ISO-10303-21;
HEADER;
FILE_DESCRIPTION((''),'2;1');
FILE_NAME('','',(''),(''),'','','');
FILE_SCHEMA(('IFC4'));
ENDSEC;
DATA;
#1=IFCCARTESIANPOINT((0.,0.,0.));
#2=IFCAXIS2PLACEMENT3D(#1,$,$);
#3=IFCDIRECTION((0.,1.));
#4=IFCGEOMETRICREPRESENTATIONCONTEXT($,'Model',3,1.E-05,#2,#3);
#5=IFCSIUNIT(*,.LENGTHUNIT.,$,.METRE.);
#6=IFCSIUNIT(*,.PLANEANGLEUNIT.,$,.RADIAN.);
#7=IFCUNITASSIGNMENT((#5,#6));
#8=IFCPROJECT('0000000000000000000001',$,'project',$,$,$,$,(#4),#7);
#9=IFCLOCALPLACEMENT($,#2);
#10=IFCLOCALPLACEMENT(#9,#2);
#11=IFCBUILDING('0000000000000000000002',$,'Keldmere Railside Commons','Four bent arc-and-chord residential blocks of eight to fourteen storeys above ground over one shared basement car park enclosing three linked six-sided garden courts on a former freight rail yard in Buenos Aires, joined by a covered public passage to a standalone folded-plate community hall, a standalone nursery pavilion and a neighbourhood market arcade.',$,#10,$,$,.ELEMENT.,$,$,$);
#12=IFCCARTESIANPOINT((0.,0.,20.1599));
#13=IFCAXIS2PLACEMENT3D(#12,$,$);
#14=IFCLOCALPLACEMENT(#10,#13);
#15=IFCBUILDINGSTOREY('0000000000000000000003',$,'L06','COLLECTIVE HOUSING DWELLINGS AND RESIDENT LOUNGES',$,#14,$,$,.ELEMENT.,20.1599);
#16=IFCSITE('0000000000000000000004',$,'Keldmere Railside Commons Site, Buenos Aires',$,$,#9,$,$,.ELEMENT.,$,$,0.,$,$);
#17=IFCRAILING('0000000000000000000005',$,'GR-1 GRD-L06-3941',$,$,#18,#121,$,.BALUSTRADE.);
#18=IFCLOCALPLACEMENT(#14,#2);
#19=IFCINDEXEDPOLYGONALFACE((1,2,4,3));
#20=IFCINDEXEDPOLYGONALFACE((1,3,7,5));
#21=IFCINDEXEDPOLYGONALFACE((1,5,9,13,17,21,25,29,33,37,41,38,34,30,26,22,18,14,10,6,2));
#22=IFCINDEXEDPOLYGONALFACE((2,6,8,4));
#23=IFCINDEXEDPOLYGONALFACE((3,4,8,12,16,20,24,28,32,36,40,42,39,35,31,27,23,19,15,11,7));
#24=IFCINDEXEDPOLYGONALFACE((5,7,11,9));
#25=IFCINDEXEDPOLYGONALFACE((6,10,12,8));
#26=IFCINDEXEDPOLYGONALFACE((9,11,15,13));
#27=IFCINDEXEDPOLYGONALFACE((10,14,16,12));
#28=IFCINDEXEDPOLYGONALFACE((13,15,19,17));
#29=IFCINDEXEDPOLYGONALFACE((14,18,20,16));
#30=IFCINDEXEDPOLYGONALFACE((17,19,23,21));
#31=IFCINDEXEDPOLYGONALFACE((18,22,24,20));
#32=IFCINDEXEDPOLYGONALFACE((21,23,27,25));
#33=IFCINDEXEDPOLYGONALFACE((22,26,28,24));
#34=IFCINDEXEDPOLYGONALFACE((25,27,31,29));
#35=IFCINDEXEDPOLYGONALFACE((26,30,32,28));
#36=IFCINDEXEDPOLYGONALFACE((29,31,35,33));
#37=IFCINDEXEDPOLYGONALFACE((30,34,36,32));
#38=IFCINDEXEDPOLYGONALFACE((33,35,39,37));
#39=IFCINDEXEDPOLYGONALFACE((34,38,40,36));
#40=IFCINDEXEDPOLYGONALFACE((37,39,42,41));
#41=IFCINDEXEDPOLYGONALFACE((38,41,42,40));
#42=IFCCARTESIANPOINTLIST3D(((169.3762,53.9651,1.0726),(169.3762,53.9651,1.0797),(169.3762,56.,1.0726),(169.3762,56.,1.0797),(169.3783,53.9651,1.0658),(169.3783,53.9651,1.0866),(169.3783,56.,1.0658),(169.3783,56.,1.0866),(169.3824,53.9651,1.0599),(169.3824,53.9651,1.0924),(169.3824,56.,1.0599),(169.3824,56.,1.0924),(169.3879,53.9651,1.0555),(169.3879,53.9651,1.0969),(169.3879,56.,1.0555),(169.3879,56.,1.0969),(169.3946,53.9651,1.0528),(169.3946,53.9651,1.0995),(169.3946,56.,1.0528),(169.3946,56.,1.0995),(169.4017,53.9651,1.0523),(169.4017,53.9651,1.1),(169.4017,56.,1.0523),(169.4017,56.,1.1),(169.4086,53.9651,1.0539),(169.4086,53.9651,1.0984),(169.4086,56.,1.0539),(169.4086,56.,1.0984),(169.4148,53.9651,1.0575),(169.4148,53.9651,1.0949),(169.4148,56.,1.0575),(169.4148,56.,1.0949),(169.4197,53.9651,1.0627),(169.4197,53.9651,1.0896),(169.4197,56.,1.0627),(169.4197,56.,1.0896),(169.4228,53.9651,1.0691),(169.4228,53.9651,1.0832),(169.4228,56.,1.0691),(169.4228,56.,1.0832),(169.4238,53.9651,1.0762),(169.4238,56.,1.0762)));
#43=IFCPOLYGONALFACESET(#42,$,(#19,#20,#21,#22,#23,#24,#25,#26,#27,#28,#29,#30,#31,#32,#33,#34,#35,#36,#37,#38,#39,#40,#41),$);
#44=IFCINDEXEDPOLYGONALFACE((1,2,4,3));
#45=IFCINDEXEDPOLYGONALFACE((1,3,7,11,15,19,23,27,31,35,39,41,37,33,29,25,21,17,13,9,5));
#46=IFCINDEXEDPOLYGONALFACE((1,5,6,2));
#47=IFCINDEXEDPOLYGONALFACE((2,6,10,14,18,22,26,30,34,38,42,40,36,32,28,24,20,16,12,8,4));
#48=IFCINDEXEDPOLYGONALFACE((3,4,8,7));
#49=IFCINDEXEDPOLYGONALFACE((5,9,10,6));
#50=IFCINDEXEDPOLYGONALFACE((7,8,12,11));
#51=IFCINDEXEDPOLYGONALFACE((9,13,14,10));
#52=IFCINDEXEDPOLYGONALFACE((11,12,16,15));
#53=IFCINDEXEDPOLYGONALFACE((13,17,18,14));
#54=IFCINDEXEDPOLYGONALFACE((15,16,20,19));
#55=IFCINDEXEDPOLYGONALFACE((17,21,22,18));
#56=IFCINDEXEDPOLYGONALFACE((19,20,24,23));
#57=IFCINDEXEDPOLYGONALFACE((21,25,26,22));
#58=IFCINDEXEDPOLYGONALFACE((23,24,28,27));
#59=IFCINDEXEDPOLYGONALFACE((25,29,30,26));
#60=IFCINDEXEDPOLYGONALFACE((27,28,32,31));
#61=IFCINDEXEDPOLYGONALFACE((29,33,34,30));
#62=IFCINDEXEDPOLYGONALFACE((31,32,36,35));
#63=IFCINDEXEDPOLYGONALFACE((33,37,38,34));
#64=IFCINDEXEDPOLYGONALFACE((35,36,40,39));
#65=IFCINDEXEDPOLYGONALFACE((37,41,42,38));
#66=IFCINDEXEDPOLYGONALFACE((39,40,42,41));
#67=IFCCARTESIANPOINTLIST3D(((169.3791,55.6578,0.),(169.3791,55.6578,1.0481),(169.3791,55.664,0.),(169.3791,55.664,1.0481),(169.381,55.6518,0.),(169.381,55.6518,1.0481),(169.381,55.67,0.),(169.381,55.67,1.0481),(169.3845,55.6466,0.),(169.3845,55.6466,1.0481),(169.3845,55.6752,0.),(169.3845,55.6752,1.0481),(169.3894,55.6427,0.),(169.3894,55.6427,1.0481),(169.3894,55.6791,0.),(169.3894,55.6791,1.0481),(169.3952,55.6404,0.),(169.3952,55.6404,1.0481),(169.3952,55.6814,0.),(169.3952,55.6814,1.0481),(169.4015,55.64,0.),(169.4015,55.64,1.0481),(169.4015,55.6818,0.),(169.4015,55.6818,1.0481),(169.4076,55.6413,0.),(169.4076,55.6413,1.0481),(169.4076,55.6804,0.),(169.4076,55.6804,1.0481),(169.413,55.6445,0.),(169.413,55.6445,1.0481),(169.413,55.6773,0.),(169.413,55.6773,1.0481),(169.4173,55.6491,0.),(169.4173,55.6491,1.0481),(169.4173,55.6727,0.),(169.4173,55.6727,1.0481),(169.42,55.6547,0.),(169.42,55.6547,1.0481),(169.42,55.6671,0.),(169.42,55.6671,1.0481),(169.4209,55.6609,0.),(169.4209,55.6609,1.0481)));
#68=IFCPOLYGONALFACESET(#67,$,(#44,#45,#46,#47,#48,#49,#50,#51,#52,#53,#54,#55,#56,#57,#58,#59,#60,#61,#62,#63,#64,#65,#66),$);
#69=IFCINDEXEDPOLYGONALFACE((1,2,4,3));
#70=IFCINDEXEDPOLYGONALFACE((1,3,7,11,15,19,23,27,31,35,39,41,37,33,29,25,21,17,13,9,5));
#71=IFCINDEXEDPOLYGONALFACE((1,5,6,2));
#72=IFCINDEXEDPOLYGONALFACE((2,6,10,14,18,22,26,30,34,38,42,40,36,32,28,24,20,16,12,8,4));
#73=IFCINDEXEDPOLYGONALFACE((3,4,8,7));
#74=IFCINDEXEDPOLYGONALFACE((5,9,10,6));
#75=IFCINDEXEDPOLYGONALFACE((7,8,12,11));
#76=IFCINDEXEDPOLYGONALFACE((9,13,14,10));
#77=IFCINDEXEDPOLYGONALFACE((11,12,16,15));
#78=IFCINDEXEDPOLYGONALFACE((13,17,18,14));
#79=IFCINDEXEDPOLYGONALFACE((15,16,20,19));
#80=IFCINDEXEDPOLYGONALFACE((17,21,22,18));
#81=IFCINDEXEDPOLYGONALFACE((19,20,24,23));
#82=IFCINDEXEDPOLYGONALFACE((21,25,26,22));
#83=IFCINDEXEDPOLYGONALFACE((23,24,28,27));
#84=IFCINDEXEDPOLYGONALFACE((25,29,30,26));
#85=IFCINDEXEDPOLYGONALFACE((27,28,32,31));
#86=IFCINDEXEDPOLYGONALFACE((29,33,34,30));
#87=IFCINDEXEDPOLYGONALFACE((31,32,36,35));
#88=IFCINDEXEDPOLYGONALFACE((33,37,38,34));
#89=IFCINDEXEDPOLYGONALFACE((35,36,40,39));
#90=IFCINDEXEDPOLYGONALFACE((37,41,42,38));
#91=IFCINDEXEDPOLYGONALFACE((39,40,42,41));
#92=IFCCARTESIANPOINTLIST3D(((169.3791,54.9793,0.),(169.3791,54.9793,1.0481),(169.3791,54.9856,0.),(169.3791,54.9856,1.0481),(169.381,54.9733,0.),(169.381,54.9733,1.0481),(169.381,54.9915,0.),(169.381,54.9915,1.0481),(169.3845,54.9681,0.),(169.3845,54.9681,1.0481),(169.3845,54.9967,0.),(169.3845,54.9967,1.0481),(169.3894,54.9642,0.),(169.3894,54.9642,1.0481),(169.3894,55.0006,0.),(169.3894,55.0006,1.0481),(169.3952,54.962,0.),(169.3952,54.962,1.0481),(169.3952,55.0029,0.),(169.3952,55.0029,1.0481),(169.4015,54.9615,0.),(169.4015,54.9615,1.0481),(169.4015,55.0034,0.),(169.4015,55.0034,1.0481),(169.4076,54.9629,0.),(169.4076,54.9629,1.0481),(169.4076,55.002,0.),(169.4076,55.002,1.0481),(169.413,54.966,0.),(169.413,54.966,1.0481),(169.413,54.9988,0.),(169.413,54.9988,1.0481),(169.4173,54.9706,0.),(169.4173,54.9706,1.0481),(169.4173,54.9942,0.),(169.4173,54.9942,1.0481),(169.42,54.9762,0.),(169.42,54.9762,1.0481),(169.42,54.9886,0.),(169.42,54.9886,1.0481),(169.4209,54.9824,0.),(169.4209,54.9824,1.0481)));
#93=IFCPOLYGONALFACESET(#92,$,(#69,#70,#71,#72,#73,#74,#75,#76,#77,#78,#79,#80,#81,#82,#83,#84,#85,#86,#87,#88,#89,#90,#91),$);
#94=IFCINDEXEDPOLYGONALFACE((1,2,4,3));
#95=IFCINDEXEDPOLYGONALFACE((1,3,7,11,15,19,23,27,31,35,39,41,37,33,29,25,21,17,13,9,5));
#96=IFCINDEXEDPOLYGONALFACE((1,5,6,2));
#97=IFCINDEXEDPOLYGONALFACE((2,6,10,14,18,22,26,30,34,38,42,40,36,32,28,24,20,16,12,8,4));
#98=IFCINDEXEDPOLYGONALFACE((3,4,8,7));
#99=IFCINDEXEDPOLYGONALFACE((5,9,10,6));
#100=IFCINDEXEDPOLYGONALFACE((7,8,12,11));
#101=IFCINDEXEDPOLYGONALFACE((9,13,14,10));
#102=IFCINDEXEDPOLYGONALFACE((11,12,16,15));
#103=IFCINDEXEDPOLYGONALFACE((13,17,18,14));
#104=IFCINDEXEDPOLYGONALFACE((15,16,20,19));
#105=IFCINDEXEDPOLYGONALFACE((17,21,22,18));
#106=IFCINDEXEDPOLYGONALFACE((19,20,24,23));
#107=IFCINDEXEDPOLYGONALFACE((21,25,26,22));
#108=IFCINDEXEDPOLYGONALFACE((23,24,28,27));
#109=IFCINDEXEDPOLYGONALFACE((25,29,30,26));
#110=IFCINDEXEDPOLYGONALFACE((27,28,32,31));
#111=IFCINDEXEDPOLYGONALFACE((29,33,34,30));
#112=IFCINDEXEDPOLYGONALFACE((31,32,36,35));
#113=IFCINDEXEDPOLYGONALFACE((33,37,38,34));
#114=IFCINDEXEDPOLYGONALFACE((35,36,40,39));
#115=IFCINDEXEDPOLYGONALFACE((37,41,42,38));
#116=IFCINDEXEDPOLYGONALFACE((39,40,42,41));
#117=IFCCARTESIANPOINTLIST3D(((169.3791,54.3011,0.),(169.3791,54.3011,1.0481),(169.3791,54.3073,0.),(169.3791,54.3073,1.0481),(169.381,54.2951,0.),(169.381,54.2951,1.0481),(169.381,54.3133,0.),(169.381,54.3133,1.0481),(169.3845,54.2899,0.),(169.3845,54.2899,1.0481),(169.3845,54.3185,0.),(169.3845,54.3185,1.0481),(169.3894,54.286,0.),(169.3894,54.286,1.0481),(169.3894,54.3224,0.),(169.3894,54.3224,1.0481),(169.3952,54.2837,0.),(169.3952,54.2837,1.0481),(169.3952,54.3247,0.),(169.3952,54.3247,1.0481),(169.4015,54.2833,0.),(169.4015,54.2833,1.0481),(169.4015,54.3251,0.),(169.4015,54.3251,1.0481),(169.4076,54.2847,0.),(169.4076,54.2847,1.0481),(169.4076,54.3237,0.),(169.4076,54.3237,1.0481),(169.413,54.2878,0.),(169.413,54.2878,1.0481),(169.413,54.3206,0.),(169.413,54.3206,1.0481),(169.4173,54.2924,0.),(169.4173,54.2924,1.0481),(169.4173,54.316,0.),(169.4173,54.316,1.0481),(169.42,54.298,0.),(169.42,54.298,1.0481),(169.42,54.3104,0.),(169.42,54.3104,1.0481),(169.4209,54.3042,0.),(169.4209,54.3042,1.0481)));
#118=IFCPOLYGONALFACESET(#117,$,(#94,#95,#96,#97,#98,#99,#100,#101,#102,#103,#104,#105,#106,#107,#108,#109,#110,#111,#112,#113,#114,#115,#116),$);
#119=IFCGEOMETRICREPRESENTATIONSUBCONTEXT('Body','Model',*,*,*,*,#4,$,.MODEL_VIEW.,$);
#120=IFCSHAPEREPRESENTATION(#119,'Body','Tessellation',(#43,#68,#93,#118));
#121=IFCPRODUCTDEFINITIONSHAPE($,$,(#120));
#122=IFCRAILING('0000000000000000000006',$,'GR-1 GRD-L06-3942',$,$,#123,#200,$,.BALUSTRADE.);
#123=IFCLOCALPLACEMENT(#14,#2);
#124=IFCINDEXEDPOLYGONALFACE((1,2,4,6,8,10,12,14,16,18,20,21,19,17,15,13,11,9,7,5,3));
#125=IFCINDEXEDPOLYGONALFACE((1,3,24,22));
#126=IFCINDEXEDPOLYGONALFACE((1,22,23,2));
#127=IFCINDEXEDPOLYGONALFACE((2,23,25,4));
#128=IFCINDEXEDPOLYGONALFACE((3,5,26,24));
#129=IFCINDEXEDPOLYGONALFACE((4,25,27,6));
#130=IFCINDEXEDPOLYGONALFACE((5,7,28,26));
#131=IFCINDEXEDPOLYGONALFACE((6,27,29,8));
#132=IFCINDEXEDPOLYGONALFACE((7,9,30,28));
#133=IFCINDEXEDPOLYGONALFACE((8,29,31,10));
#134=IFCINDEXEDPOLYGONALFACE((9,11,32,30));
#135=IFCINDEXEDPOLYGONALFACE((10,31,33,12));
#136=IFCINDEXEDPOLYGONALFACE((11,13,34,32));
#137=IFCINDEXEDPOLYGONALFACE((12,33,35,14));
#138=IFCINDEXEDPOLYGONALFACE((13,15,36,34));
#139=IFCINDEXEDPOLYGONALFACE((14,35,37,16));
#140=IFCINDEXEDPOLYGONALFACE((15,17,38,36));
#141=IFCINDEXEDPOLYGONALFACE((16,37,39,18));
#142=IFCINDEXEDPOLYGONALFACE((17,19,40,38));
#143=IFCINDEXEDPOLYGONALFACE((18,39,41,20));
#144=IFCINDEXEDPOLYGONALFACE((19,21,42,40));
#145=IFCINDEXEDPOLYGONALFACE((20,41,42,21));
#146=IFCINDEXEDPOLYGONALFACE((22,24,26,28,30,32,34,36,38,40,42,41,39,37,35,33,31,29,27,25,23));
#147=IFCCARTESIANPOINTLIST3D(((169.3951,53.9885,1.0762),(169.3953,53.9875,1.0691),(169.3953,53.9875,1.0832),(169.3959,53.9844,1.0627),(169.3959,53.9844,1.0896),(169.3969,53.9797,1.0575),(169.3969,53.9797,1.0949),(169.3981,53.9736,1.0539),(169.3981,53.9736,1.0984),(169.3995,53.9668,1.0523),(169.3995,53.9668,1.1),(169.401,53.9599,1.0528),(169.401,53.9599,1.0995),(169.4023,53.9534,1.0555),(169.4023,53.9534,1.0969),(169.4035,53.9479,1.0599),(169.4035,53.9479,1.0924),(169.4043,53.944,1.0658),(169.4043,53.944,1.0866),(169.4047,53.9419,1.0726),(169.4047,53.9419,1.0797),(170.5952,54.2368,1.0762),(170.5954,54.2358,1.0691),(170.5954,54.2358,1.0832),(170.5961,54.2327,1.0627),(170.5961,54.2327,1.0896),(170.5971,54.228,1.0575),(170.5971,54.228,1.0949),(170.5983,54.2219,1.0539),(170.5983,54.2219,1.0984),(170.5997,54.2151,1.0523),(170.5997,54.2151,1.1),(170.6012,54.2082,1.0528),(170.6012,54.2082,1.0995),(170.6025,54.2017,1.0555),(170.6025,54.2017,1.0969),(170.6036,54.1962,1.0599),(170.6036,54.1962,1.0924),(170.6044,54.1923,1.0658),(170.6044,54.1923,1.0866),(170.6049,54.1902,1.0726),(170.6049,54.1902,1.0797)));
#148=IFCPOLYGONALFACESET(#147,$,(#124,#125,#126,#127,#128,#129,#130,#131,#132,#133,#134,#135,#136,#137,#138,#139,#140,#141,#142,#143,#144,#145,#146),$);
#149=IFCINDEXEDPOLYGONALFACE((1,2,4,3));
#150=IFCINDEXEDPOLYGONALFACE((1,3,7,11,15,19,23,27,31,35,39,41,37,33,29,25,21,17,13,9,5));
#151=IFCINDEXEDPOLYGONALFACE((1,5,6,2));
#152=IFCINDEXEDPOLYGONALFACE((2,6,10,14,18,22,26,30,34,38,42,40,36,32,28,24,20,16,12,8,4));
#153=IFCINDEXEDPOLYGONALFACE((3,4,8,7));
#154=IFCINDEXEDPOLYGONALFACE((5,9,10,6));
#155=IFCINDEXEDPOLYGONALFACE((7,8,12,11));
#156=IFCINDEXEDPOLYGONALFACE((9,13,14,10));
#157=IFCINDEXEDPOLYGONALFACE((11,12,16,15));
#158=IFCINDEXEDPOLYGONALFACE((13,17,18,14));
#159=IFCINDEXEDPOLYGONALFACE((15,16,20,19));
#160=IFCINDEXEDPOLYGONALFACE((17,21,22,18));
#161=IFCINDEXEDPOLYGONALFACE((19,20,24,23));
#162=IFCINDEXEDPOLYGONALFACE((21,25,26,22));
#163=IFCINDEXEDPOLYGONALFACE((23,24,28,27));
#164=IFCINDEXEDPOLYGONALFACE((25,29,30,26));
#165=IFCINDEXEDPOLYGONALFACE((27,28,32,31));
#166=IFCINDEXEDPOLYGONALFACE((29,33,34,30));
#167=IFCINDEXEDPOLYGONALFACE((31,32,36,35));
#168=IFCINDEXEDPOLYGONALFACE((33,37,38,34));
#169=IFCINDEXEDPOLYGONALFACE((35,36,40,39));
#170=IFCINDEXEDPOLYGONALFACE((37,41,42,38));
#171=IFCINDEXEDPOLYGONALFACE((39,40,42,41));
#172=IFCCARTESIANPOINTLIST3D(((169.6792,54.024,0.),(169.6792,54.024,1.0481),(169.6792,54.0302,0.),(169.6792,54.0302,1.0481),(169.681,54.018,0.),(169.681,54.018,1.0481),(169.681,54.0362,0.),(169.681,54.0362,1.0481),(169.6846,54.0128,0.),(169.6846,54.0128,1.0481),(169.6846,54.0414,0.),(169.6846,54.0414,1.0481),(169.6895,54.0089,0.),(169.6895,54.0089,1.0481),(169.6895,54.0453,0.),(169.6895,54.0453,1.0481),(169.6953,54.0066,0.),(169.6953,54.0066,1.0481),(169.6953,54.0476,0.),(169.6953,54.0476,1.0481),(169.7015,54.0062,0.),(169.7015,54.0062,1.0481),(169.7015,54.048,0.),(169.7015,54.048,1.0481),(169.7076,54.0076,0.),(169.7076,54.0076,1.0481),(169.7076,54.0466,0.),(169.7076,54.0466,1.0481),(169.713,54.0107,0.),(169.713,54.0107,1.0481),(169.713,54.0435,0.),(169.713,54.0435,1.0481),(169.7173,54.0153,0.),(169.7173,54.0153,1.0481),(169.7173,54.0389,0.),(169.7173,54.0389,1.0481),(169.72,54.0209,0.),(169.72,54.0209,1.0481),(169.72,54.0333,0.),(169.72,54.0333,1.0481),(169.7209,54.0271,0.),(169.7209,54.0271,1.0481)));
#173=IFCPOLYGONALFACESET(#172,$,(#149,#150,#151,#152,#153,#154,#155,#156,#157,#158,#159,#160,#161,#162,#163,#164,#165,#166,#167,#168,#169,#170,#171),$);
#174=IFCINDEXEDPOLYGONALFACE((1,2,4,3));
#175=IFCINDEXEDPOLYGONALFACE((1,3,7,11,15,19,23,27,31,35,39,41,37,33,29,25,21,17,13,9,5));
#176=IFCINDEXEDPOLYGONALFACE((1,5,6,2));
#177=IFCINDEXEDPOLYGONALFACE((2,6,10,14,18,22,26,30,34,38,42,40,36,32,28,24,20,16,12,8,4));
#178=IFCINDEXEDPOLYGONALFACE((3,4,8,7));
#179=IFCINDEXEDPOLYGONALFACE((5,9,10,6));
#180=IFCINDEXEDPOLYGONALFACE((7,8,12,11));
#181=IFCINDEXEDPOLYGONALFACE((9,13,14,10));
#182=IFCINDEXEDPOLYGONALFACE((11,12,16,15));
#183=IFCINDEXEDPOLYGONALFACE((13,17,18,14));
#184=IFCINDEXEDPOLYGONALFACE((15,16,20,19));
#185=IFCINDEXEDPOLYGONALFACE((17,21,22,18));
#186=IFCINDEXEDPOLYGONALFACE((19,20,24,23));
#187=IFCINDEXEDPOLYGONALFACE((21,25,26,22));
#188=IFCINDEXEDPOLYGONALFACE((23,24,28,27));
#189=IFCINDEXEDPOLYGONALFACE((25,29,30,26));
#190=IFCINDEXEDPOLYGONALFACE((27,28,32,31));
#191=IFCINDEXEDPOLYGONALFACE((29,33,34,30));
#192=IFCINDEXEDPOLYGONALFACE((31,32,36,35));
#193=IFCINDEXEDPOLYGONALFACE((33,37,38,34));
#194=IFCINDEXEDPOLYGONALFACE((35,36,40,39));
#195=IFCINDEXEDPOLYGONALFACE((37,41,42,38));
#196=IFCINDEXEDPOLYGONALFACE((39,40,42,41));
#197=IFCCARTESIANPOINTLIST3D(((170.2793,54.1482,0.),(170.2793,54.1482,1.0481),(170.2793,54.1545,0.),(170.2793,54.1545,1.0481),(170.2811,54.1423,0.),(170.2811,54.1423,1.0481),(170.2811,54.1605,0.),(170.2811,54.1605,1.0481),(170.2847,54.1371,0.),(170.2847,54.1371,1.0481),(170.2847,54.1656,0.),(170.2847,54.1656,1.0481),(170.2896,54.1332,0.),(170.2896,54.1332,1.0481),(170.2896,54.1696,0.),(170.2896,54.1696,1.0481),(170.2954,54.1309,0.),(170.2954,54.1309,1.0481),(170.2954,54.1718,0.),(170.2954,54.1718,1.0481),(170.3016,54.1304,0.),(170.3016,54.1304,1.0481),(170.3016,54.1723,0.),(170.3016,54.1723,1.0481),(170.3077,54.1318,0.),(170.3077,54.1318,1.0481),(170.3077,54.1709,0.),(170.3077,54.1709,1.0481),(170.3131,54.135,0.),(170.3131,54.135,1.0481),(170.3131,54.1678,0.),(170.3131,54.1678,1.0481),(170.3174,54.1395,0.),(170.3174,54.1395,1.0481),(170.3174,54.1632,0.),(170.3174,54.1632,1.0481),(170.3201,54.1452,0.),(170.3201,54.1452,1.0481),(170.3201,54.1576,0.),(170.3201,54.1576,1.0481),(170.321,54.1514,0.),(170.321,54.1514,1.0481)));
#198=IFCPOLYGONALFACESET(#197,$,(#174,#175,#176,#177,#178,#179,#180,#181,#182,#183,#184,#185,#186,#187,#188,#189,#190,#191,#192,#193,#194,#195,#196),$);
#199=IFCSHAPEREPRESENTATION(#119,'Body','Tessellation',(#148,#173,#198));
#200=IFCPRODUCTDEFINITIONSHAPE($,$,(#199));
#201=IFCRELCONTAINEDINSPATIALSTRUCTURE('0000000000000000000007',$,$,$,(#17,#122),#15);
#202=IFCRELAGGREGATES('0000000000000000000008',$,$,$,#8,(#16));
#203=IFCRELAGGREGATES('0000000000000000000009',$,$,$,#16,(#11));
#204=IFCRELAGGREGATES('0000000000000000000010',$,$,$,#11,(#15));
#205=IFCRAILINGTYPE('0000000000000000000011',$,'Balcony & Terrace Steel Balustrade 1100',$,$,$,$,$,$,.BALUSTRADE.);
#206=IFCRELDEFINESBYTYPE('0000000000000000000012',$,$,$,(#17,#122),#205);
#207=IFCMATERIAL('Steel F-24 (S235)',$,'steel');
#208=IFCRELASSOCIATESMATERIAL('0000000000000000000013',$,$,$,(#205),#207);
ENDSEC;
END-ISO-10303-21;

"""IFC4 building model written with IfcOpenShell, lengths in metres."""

from ifc_helpers import new_model, si_unit, direction, frame, origin, origin_2d, place, context, subcontext, project, spatial, circle, extrude, material, type_object, element, save


model = new_model("IFC4")

# Units and contexts
model_context = context("Model", 3, precision=1e-05, world=origin(), true_north=direction((0.0, 1.0)))
body_context = subcontext(model_context, "Body", "Model", "MODEL_VIEW")
ifc_project = project(units=[si_unit("LENGTHUNIT", "METRE"), si_unit("PLANEANGLEUNIT", "RADIAN")], contexts=[model_context])

# Site, building, storey
site_placement = place(None, origin())
site = spatial("IfcSite", under=ifc_project, at=site_placement, Name="Keldmere Railside Commons Site, Buenos Aires", CompositionType="ELEMENT", RefElevation=0.0)
building_placement = place(site_placement, origin())
building = spatial("IfcBuilding", under=site, at=building_placement, Name="Keldmere Railside Commons", Description="Four bent arc-and-chord residential blocks of eight to fourteen storeys above ground over one shared basement car park enclosing three linked six-sided garden courts on a former freight rail yard in Buenos Aires, joined by a covered public passage to a standalone folded-plate community hall, a standalone nursery pavilion and a neighbourhood market arcade.", CompositionType="ELEMENT")
storey_placement = place(building_placement, frame((0.0, 0.0, 20.1599)))
storey = spatial("IfcBuildingStorey", under=building, at=storey_placement, Name="L06", Description="COLLECTIVE HOUSING DWELLINGS AND RESIDENT LOUNGES", CompositionType="ELEMENT", Elevation=20.1599)

# Railings
ifc_material_1 = material(Name="Steel F-24 (S235)", Category="steel")
railing_type = type_object("IfcRailingType", Name="Balcony & Terrace Steel Balustrade 1100", PredefinedType="BALUSTRADE", material=ifc_material_1)
railing_1_placement = place(storey_placement, frame((169.3999, 56.0, 0.0)))
element("IfcRailing", 1, at=railing_1_placement, inside=storey, type_object=railing_type, Name="GR-1 GRD-L06-3941", PredefinedType="BALUSTRADE", context=body_context, shape_type="SweptSolid", body=[
    extrude(circle(Radius=0.0239, at=origin_2d()), frame((0.0, 0.0, 1.0762), z_axis=(0.0, -1.0, 0.0), x_axis=(1.0, 0.0, 0.0)), (0.0, 0.0, 1.0), 2.0349),
    extrude(circle(Radius=0.021, at=origin_2d()), frame((0.0, -0.3391, 0.0)), (0.0, 0.0, 1.0), 1.0481),
    extrude(circle(Radius=0.021, at=origin_2d()), frame((0.0, -1.0176, 0.0)), (0.0, 0.0, 1.0), 1.0481),
    extrude(circle(Radius=0.021, at=origin_2d()), frame((0.0, -1.6958, 0.0)), (0.0, 0.0, 1.0), 1.0481),
])
railing_2_placement = place(storey_placement, frame((169.3999, 53.9651, 0.0)))
element("IfcRailing", 2, at=railing_2_placement, inside=storey, type_object=railing_type, Name="GR-1 GRD-L06-3942", PredefinedType="BALUSTRADE", context=body_context, shape_type="SweptSolid", body=[
    extrude(circle(Radius=0.0239, at=origin_2d()), frame((0.0, 0.0, 1.0762), z_axis=(0.979265, 0.202586, 0.0), x_axis=(-0.202586, 0.979265, 0.0)), (0.0, 0.0, 1.0), 1.2256),
    extrude(circle(Radius=0.021, at=origin_2d()), frame((0.3, 0.062, 0.0)), (0.0, 0.0, 1.0), 1.0481),
    extrude(circle(Radius=0.021, at=origin_2d()), frame((0.9001, 0.1863, 0.0)), (0.0, 0.0, 1.0), 1.0481),
])

save(model, "model.ifc")
